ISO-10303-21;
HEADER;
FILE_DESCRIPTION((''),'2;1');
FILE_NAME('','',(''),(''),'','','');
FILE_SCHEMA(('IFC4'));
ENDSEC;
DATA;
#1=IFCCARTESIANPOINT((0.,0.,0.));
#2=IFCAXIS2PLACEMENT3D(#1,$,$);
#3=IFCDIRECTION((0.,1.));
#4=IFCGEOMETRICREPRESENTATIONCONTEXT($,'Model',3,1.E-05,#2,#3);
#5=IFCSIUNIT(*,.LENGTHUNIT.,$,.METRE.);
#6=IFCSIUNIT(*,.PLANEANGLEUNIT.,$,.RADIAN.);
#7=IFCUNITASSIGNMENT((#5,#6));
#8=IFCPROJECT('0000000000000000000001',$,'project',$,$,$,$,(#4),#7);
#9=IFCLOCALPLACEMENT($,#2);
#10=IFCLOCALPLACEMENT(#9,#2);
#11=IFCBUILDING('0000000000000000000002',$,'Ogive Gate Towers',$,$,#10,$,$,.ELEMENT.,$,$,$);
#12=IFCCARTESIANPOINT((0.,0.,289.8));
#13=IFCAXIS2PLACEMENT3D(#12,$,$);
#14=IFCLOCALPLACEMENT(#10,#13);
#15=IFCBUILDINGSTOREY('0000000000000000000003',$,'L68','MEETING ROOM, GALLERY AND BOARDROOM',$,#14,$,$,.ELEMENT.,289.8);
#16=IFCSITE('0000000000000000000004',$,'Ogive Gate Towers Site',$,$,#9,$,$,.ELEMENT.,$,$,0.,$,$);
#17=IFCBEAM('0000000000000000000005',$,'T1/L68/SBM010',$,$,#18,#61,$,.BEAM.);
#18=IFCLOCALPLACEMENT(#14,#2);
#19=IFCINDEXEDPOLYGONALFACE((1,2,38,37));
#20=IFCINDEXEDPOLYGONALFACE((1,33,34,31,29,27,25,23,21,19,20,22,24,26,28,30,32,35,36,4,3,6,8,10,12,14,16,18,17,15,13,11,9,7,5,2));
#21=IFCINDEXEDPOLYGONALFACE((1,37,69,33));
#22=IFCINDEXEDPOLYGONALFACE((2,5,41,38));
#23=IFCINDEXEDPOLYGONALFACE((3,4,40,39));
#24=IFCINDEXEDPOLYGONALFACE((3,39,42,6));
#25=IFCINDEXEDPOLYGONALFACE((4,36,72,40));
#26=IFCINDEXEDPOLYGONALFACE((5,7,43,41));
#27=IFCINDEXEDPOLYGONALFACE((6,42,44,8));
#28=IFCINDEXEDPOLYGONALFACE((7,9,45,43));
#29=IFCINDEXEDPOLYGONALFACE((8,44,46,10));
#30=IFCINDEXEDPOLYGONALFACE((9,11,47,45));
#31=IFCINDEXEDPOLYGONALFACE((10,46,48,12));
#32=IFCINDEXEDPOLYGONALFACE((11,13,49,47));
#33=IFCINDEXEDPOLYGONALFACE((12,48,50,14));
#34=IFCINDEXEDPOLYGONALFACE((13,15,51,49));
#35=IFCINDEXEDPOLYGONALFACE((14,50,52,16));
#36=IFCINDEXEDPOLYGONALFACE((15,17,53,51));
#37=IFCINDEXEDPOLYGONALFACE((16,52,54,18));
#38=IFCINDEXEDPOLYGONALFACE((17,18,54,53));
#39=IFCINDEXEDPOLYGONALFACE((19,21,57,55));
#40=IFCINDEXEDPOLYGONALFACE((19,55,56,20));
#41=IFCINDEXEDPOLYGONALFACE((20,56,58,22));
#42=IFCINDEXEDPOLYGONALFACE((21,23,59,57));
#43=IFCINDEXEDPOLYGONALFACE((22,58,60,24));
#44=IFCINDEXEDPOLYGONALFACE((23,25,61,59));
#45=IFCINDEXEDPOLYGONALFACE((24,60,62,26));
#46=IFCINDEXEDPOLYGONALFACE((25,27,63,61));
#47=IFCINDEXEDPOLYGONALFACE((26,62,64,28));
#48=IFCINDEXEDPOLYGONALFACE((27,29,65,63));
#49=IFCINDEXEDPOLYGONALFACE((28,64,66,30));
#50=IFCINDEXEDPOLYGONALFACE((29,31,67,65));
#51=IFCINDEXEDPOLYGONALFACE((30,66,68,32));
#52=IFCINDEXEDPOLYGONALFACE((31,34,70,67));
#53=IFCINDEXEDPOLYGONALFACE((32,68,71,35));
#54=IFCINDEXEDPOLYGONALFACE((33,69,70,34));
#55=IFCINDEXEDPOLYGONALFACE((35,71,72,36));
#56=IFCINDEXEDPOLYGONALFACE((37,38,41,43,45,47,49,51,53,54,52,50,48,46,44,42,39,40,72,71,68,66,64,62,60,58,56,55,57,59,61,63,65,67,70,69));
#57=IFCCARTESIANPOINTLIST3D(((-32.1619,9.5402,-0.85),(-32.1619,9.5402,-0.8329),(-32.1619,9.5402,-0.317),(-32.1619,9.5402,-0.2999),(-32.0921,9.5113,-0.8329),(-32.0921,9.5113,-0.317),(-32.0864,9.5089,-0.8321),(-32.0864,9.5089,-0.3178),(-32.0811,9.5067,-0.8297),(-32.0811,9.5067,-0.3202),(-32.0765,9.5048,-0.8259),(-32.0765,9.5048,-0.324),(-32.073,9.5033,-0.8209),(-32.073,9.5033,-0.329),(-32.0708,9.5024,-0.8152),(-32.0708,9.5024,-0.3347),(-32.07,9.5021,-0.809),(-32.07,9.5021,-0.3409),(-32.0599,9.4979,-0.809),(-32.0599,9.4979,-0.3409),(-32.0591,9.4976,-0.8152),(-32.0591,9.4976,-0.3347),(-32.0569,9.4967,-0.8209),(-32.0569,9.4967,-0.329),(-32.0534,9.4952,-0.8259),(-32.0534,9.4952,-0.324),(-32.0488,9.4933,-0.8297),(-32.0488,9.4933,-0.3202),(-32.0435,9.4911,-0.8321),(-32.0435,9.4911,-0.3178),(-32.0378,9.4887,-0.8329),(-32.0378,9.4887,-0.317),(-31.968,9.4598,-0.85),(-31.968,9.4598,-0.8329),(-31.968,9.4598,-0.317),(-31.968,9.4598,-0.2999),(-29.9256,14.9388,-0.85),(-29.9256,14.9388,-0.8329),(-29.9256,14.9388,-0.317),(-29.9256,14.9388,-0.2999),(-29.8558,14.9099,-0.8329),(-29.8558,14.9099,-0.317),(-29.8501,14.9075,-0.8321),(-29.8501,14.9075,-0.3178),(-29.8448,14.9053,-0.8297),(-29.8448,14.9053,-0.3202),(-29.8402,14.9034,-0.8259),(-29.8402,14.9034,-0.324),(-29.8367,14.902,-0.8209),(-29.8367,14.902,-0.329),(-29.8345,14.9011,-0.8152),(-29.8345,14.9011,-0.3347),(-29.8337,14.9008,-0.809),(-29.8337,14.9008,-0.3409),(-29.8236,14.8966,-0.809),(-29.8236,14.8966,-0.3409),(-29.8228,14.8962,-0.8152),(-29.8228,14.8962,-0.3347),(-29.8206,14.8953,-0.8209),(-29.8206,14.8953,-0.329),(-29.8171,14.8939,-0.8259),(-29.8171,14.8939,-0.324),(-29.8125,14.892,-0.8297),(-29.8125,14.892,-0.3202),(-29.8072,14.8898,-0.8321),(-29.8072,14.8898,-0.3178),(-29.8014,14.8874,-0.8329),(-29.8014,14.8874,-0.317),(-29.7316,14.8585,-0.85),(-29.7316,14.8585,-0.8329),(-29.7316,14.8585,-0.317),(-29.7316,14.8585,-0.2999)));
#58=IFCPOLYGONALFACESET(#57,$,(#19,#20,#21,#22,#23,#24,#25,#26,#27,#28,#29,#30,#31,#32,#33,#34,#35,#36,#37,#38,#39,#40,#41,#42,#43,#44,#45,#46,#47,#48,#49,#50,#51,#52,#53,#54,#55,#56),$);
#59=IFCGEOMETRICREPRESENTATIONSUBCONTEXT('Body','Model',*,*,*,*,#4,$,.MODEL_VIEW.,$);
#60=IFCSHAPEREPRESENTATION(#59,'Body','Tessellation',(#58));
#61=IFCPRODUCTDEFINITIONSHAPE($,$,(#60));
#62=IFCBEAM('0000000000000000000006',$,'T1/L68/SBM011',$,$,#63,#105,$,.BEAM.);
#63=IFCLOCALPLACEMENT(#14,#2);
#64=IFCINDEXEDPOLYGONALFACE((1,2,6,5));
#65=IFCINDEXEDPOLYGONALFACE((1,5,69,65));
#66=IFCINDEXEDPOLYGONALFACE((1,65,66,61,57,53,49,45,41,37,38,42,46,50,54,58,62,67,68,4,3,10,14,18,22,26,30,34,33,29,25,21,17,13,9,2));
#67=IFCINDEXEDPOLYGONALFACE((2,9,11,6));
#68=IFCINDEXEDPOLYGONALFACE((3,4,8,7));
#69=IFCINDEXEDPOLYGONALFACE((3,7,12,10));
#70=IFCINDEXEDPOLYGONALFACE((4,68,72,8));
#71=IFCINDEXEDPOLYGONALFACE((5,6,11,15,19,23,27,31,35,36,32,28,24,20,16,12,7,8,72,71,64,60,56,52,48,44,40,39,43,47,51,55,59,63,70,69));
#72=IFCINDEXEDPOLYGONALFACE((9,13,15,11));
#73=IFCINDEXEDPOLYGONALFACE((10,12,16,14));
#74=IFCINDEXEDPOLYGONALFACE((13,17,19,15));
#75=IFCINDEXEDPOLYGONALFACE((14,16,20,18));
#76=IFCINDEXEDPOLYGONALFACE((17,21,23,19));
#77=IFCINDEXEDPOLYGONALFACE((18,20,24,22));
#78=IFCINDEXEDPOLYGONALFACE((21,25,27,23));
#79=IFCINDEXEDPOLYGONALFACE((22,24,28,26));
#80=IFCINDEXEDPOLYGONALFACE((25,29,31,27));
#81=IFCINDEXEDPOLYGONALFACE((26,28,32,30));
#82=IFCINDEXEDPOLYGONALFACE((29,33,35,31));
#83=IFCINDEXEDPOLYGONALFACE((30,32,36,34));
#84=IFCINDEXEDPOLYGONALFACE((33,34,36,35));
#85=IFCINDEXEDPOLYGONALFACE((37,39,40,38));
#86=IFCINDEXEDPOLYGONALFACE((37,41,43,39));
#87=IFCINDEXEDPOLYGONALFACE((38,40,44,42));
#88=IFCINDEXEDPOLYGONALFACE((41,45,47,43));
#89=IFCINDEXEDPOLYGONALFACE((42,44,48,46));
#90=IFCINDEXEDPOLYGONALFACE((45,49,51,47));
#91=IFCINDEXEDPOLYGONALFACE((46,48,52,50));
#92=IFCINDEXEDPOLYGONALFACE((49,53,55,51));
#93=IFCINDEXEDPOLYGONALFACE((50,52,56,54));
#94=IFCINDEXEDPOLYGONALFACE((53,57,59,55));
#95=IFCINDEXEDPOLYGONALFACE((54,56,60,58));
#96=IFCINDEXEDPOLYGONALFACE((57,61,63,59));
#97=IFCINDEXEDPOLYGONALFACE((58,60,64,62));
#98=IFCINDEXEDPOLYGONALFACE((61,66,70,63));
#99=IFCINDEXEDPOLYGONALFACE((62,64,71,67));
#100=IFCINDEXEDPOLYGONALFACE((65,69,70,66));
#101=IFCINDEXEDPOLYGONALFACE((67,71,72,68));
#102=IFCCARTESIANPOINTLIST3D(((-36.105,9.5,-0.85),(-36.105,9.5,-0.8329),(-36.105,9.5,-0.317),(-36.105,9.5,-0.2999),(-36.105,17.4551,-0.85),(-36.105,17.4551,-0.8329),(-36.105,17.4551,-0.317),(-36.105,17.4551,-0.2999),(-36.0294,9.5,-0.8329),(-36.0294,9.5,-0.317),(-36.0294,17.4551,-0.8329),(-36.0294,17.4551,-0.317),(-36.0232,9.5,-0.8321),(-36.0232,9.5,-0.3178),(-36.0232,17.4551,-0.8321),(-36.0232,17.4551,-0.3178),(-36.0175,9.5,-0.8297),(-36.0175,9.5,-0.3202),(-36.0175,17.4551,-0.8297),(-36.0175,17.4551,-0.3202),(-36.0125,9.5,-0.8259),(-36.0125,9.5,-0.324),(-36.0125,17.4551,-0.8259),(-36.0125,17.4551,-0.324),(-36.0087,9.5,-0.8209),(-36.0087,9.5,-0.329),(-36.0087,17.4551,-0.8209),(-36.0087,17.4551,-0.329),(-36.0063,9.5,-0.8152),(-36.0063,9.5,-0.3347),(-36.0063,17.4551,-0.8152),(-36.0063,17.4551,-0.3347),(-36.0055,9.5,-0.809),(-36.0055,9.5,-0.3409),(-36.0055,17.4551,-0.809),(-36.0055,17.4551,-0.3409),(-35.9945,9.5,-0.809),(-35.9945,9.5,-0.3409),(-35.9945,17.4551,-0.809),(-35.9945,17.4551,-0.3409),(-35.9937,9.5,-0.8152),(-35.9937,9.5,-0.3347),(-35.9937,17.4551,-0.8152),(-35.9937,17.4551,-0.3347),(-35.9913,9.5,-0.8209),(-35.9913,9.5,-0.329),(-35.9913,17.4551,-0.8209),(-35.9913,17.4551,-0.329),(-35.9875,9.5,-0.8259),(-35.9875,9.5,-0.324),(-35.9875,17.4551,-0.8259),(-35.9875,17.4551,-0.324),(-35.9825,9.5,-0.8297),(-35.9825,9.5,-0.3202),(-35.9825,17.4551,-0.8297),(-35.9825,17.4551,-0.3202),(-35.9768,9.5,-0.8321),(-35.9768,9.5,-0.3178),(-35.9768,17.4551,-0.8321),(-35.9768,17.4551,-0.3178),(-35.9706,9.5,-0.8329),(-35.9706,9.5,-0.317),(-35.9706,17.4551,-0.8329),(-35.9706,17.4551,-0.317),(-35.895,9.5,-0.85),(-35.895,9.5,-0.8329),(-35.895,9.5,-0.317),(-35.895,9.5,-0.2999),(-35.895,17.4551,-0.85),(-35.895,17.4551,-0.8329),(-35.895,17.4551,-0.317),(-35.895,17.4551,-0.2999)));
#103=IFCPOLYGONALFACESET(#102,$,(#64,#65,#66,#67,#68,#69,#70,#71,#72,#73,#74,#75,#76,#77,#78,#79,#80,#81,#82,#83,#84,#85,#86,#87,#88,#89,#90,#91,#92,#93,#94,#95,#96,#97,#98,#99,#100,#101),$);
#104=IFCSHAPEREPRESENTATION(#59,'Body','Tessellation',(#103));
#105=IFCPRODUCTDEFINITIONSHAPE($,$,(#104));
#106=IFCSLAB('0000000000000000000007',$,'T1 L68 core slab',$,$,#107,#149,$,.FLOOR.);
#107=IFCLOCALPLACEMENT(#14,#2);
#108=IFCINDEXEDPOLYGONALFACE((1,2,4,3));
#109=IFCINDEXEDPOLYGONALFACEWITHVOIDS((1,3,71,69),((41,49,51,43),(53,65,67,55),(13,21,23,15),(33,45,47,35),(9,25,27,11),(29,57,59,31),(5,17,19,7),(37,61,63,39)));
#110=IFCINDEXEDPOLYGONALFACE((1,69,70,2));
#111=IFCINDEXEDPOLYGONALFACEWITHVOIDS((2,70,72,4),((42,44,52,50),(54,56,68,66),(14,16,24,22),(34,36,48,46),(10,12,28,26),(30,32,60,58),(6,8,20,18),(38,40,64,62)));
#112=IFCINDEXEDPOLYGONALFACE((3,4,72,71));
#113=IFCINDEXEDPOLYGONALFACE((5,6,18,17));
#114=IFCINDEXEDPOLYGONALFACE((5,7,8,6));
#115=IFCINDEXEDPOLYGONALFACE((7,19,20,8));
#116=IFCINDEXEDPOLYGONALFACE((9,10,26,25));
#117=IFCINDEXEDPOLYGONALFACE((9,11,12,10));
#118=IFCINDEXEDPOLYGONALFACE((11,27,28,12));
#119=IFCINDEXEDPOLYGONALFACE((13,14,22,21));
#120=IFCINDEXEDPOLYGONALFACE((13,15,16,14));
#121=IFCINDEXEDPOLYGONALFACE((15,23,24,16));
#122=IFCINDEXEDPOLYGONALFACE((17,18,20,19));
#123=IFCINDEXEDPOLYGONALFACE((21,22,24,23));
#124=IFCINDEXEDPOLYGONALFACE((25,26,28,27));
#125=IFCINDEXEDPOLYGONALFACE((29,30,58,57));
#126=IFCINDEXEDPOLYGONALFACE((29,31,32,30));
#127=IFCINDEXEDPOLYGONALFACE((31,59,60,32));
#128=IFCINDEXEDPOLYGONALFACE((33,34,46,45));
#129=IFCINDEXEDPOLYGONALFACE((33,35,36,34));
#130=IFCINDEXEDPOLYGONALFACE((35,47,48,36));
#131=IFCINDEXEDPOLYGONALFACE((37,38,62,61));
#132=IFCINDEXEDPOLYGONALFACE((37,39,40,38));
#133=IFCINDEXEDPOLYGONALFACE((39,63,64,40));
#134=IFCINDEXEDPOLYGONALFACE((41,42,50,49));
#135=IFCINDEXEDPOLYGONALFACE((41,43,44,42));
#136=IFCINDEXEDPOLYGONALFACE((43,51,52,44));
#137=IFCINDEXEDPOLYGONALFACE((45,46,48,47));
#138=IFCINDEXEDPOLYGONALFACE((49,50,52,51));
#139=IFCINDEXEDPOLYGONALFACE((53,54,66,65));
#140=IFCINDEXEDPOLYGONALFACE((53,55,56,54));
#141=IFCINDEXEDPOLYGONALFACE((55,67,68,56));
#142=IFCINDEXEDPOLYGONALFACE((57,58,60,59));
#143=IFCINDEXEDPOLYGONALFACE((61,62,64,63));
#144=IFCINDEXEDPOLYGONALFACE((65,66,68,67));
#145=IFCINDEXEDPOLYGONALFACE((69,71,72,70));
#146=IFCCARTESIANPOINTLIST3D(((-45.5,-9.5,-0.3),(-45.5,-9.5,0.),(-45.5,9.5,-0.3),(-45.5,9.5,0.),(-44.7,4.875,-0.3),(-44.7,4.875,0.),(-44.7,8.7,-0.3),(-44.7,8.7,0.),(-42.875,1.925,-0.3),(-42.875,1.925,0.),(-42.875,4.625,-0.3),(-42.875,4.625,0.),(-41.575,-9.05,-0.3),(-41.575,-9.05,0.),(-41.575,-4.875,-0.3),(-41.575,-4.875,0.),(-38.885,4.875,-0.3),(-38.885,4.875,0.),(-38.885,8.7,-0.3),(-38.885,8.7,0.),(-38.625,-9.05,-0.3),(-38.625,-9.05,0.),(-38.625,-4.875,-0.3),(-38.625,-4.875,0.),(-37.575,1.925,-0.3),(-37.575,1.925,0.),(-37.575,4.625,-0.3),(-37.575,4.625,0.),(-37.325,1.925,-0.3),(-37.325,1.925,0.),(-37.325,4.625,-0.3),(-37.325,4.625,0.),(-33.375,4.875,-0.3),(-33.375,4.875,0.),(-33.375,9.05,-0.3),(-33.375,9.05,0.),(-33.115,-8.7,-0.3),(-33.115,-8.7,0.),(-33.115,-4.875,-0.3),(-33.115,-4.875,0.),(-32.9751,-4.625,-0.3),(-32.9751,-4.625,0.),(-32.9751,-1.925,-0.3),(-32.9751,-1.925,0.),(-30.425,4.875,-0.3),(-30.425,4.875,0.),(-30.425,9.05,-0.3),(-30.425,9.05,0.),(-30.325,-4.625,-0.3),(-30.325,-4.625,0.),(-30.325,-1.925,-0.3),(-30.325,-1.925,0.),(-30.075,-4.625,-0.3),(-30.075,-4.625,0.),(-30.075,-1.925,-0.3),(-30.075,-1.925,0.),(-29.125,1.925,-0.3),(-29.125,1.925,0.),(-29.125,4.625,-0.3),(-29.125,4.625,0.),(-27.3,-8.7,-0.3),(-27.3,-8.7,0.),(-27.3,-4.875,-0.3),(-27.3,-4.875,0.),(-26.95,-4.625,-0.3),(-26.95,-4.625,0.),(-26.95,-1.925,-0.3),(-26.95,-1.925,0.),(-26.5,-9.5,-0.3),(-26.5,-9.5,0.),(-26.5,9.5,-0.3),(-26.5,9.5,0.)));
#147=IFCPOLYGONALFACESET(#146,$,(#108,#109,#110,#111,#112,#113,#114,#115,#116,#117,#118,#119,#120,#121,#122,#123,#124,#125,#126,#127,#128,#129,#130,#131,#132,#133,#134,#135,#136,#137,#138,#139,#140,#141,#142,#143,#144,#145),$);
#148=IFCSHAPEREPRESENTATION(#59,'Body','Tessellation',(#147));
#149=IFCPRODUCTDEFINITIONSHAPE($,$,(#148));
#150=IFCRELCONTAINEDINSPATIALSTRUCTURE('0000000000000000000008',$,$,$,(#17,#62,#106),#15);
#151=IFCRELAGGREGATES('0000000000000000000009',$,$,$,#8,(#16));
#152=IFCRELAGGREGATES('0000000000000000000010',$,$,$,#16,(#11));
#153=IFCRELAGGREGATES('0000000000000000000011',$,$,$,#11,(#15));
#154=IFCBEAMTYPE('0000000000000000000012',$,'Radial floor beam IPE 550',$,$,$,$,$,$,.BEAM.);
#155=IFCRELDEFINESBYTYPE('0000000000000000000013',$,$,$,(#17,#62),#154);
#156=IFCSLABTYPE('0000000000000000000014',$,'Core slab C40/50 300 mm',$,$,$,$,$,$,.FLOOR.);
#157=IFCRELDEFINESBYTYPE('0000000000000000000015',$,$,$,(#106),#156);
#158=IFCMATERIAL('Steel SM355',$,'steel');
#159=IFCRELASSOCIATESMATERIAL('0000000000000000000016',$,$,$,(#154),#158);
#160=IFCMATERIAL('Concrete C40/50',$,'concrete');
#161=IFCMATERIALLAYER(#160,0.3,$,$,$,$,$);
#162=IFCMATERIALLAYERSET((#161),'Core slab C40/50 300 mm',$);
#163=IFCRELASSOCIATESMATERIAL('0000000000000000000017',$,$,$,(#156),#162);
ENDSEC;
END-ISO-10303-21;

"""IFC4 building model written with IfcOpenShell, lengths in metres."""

from ifc_helpers import new_model, si_unit, direction, frame, origin, origin_2d, place, context, subcontext, project, spatial, polyline, i_section, outline, extrude, material, layer, layer_set, material_profile, profile_set, type_object, element, save


model = new_model("IFC4")

# Units and contexts
model_context = context("Model", 3, precision=1e-05, world=origin(), true_north=direction((0.0, 1.0)))
body_context = subcontext(model_context, "Body", "Model", "MODEL_VIEW")
ifc_project = project(units=[si_unit("LENGTHUNIT", "METRE"), si_unit("PLANEANGLEUNIT", "RADIAN")], contexts=[model_context])

# Site, building, storey
site_placement = place(None, origin())
site = spatial("IfcSite", under=ifc_project, at=site_placement, Name="Ogive Gate Towers Site", CompositionType="ELEMENT", RefElevation=0.0)
building_placement = place(site_placement, origin())
building = spatial("IfcBuilding", under=site, at=building_placement, Name="Ogive Gate Towers", CompositionType="ELEMENT")
storey_placement = place(building_placement, frame((0.0, 0.0, 289.8)))
storey = spatial("IfcBuildingStorey", under=building, at=storey_placement, Name="L68", Description="MEETING ROOM, GALLERY AND BOARDROOM", CompositionType="ELEMENT", Elevation=289.8)

# Beams
ifc_material_1 = material(Name="Steel SM355", Category="steel")
ifc_material_profile_1 = material_profile(ifc_material_1, i_section(OverallWidth=0.21, OverallDepth=0.55, WebThickness=0.011, FlangeThickness=0.0171, FilletRadius=0.0239, at=origin_2d()), Name="IPE 550")
ifc_profile_set_1 = profile_set([ifc_material_profile_1], Name="Steel SM355")
beam_type_1 = type_object("IfcBeamType", Name="Radial floor beam IPE 550", PredefinedType="BEAM", material=ifc_profile_set_1)
beam_1_placement = place(storey_placement, frame((-32.0649, 9.5, -0.575), z_axis=(0.382701, 0.923872, 0.0), x_axis=(-0.923872, 0.382701, 0.0)))
element("IfcBeam", 1, at=beam_1_placement, inside=storey, type_object=beam_type_1, Name="T1/L68/SBM010", PredefinedType="BEAM", context=body_context, shape_type="SweptSolid", body=[
    extrude(i_section(OverallWidth=0.21, OverallDepth=0.55, WebThickness=0.011, FlangeThickness=0.0171, FilletRadius=0.0239, at=origin_2d()), origin(), (0.0, 0.0, 1.0), 5.8435),
])
beam_2_placement = place(storey_placement, frame((-36.0, 9.5, -0.575), z_axis=(0.0, 1.0, 0.0), x_axis=(-1.0, 0.0, 0.0)))
element("IfcBeam", 2, at=beam_2_placement, inside=storey, type_object=beam_type_1, Name="T1/L68/SBM011", PredefinedType="BEAM", context=body_context, shape_type="SweptSolid", body=[
    extrude(i_section(OverallWidth=0.21, OverallDepth=0.55, WebThickness=0.011, FlangeThickness=0.0171, FilletRadius=0.0239, at=origin_2d()), origin(), (0.0, 0.0, 1.0), 7.9551),
])

# Slab
ifc_material_2 = material(Name="Concrete C40/50", Category="concrete")
ifc_layer_1 = layer(ifc_material_2, 0.3)
ifc_layer_set_1 = layer_set([ifc_layer_1], Name="Core slab C40/50 300 mm")
slab_type_1 = type_object("IfcSlabType", Name="Core slab C40/50 300 mm", PredefinedType="FLOOR", material=ifc_layer_set_1)
slab_1_placement = place(storey_placement, frame((0.0, 0.0, -0.3)))
element("IfcSlab", 3, at=slab_1_placement, inside=storey, type_object=slab_type_1, Name="T1 L68 core slab", PredefinedType="FLOOR", context=body_context, shape_type="SweptSolid", body=[
    extrude(outline(polyline([(-45.5, -9.5), (-45.5, 9.5), (-26.5, 9.5), (-26.5, -9.5), (-45.5, -9.5)]), holes=[polyline([(-42.875, 1.925), (-37.575, 1.925), (-37.575, 4.625), (-42.875, 4.625), (-42.875, 1.925)]), polyline([(-37.325, 4.625), (-37.325, 1.925), (-29.125, 1.925), (-29.125, 4.625), (-37.325, 4.625)]), polyline([(-30.325, -1.925), (-32.9751, -1.925), (-32.9751, -4.625), (-30.325, -4.625), (-30.325, -1.925)]), polyline([(-26.95, -4.625), (-26.95, -1.925), (-30.075, -1.925), (-30.075, -4.625), (-26.95, -4.625)]), polyline([(-33.375, 4.875), (-30.425, 4.875), (-30.425, 9.05), (-33.375, 9.05), (-33.375, 4.875)]), polyline([(-41.575, -4.875), (-41.575, -9.05), (-38.625, -9.05), (-38.625, -4.875), (-41.575, -4.875)]), polyline([(-44.7, 4.875), (-38.885, 4.875), (-38.885, 8.7), (-44.7, 8.7), (-44.7, 4.875)]), polyline([(-27.3, -8.7), (-27.3, -4.875), (-33.115, -4.875), (-33.115, -8.7), (-27.3, -8.7)])]), origin(), (0.0, 0.0, 1.0), 0.3),
])

save(model, "model.ifc")
